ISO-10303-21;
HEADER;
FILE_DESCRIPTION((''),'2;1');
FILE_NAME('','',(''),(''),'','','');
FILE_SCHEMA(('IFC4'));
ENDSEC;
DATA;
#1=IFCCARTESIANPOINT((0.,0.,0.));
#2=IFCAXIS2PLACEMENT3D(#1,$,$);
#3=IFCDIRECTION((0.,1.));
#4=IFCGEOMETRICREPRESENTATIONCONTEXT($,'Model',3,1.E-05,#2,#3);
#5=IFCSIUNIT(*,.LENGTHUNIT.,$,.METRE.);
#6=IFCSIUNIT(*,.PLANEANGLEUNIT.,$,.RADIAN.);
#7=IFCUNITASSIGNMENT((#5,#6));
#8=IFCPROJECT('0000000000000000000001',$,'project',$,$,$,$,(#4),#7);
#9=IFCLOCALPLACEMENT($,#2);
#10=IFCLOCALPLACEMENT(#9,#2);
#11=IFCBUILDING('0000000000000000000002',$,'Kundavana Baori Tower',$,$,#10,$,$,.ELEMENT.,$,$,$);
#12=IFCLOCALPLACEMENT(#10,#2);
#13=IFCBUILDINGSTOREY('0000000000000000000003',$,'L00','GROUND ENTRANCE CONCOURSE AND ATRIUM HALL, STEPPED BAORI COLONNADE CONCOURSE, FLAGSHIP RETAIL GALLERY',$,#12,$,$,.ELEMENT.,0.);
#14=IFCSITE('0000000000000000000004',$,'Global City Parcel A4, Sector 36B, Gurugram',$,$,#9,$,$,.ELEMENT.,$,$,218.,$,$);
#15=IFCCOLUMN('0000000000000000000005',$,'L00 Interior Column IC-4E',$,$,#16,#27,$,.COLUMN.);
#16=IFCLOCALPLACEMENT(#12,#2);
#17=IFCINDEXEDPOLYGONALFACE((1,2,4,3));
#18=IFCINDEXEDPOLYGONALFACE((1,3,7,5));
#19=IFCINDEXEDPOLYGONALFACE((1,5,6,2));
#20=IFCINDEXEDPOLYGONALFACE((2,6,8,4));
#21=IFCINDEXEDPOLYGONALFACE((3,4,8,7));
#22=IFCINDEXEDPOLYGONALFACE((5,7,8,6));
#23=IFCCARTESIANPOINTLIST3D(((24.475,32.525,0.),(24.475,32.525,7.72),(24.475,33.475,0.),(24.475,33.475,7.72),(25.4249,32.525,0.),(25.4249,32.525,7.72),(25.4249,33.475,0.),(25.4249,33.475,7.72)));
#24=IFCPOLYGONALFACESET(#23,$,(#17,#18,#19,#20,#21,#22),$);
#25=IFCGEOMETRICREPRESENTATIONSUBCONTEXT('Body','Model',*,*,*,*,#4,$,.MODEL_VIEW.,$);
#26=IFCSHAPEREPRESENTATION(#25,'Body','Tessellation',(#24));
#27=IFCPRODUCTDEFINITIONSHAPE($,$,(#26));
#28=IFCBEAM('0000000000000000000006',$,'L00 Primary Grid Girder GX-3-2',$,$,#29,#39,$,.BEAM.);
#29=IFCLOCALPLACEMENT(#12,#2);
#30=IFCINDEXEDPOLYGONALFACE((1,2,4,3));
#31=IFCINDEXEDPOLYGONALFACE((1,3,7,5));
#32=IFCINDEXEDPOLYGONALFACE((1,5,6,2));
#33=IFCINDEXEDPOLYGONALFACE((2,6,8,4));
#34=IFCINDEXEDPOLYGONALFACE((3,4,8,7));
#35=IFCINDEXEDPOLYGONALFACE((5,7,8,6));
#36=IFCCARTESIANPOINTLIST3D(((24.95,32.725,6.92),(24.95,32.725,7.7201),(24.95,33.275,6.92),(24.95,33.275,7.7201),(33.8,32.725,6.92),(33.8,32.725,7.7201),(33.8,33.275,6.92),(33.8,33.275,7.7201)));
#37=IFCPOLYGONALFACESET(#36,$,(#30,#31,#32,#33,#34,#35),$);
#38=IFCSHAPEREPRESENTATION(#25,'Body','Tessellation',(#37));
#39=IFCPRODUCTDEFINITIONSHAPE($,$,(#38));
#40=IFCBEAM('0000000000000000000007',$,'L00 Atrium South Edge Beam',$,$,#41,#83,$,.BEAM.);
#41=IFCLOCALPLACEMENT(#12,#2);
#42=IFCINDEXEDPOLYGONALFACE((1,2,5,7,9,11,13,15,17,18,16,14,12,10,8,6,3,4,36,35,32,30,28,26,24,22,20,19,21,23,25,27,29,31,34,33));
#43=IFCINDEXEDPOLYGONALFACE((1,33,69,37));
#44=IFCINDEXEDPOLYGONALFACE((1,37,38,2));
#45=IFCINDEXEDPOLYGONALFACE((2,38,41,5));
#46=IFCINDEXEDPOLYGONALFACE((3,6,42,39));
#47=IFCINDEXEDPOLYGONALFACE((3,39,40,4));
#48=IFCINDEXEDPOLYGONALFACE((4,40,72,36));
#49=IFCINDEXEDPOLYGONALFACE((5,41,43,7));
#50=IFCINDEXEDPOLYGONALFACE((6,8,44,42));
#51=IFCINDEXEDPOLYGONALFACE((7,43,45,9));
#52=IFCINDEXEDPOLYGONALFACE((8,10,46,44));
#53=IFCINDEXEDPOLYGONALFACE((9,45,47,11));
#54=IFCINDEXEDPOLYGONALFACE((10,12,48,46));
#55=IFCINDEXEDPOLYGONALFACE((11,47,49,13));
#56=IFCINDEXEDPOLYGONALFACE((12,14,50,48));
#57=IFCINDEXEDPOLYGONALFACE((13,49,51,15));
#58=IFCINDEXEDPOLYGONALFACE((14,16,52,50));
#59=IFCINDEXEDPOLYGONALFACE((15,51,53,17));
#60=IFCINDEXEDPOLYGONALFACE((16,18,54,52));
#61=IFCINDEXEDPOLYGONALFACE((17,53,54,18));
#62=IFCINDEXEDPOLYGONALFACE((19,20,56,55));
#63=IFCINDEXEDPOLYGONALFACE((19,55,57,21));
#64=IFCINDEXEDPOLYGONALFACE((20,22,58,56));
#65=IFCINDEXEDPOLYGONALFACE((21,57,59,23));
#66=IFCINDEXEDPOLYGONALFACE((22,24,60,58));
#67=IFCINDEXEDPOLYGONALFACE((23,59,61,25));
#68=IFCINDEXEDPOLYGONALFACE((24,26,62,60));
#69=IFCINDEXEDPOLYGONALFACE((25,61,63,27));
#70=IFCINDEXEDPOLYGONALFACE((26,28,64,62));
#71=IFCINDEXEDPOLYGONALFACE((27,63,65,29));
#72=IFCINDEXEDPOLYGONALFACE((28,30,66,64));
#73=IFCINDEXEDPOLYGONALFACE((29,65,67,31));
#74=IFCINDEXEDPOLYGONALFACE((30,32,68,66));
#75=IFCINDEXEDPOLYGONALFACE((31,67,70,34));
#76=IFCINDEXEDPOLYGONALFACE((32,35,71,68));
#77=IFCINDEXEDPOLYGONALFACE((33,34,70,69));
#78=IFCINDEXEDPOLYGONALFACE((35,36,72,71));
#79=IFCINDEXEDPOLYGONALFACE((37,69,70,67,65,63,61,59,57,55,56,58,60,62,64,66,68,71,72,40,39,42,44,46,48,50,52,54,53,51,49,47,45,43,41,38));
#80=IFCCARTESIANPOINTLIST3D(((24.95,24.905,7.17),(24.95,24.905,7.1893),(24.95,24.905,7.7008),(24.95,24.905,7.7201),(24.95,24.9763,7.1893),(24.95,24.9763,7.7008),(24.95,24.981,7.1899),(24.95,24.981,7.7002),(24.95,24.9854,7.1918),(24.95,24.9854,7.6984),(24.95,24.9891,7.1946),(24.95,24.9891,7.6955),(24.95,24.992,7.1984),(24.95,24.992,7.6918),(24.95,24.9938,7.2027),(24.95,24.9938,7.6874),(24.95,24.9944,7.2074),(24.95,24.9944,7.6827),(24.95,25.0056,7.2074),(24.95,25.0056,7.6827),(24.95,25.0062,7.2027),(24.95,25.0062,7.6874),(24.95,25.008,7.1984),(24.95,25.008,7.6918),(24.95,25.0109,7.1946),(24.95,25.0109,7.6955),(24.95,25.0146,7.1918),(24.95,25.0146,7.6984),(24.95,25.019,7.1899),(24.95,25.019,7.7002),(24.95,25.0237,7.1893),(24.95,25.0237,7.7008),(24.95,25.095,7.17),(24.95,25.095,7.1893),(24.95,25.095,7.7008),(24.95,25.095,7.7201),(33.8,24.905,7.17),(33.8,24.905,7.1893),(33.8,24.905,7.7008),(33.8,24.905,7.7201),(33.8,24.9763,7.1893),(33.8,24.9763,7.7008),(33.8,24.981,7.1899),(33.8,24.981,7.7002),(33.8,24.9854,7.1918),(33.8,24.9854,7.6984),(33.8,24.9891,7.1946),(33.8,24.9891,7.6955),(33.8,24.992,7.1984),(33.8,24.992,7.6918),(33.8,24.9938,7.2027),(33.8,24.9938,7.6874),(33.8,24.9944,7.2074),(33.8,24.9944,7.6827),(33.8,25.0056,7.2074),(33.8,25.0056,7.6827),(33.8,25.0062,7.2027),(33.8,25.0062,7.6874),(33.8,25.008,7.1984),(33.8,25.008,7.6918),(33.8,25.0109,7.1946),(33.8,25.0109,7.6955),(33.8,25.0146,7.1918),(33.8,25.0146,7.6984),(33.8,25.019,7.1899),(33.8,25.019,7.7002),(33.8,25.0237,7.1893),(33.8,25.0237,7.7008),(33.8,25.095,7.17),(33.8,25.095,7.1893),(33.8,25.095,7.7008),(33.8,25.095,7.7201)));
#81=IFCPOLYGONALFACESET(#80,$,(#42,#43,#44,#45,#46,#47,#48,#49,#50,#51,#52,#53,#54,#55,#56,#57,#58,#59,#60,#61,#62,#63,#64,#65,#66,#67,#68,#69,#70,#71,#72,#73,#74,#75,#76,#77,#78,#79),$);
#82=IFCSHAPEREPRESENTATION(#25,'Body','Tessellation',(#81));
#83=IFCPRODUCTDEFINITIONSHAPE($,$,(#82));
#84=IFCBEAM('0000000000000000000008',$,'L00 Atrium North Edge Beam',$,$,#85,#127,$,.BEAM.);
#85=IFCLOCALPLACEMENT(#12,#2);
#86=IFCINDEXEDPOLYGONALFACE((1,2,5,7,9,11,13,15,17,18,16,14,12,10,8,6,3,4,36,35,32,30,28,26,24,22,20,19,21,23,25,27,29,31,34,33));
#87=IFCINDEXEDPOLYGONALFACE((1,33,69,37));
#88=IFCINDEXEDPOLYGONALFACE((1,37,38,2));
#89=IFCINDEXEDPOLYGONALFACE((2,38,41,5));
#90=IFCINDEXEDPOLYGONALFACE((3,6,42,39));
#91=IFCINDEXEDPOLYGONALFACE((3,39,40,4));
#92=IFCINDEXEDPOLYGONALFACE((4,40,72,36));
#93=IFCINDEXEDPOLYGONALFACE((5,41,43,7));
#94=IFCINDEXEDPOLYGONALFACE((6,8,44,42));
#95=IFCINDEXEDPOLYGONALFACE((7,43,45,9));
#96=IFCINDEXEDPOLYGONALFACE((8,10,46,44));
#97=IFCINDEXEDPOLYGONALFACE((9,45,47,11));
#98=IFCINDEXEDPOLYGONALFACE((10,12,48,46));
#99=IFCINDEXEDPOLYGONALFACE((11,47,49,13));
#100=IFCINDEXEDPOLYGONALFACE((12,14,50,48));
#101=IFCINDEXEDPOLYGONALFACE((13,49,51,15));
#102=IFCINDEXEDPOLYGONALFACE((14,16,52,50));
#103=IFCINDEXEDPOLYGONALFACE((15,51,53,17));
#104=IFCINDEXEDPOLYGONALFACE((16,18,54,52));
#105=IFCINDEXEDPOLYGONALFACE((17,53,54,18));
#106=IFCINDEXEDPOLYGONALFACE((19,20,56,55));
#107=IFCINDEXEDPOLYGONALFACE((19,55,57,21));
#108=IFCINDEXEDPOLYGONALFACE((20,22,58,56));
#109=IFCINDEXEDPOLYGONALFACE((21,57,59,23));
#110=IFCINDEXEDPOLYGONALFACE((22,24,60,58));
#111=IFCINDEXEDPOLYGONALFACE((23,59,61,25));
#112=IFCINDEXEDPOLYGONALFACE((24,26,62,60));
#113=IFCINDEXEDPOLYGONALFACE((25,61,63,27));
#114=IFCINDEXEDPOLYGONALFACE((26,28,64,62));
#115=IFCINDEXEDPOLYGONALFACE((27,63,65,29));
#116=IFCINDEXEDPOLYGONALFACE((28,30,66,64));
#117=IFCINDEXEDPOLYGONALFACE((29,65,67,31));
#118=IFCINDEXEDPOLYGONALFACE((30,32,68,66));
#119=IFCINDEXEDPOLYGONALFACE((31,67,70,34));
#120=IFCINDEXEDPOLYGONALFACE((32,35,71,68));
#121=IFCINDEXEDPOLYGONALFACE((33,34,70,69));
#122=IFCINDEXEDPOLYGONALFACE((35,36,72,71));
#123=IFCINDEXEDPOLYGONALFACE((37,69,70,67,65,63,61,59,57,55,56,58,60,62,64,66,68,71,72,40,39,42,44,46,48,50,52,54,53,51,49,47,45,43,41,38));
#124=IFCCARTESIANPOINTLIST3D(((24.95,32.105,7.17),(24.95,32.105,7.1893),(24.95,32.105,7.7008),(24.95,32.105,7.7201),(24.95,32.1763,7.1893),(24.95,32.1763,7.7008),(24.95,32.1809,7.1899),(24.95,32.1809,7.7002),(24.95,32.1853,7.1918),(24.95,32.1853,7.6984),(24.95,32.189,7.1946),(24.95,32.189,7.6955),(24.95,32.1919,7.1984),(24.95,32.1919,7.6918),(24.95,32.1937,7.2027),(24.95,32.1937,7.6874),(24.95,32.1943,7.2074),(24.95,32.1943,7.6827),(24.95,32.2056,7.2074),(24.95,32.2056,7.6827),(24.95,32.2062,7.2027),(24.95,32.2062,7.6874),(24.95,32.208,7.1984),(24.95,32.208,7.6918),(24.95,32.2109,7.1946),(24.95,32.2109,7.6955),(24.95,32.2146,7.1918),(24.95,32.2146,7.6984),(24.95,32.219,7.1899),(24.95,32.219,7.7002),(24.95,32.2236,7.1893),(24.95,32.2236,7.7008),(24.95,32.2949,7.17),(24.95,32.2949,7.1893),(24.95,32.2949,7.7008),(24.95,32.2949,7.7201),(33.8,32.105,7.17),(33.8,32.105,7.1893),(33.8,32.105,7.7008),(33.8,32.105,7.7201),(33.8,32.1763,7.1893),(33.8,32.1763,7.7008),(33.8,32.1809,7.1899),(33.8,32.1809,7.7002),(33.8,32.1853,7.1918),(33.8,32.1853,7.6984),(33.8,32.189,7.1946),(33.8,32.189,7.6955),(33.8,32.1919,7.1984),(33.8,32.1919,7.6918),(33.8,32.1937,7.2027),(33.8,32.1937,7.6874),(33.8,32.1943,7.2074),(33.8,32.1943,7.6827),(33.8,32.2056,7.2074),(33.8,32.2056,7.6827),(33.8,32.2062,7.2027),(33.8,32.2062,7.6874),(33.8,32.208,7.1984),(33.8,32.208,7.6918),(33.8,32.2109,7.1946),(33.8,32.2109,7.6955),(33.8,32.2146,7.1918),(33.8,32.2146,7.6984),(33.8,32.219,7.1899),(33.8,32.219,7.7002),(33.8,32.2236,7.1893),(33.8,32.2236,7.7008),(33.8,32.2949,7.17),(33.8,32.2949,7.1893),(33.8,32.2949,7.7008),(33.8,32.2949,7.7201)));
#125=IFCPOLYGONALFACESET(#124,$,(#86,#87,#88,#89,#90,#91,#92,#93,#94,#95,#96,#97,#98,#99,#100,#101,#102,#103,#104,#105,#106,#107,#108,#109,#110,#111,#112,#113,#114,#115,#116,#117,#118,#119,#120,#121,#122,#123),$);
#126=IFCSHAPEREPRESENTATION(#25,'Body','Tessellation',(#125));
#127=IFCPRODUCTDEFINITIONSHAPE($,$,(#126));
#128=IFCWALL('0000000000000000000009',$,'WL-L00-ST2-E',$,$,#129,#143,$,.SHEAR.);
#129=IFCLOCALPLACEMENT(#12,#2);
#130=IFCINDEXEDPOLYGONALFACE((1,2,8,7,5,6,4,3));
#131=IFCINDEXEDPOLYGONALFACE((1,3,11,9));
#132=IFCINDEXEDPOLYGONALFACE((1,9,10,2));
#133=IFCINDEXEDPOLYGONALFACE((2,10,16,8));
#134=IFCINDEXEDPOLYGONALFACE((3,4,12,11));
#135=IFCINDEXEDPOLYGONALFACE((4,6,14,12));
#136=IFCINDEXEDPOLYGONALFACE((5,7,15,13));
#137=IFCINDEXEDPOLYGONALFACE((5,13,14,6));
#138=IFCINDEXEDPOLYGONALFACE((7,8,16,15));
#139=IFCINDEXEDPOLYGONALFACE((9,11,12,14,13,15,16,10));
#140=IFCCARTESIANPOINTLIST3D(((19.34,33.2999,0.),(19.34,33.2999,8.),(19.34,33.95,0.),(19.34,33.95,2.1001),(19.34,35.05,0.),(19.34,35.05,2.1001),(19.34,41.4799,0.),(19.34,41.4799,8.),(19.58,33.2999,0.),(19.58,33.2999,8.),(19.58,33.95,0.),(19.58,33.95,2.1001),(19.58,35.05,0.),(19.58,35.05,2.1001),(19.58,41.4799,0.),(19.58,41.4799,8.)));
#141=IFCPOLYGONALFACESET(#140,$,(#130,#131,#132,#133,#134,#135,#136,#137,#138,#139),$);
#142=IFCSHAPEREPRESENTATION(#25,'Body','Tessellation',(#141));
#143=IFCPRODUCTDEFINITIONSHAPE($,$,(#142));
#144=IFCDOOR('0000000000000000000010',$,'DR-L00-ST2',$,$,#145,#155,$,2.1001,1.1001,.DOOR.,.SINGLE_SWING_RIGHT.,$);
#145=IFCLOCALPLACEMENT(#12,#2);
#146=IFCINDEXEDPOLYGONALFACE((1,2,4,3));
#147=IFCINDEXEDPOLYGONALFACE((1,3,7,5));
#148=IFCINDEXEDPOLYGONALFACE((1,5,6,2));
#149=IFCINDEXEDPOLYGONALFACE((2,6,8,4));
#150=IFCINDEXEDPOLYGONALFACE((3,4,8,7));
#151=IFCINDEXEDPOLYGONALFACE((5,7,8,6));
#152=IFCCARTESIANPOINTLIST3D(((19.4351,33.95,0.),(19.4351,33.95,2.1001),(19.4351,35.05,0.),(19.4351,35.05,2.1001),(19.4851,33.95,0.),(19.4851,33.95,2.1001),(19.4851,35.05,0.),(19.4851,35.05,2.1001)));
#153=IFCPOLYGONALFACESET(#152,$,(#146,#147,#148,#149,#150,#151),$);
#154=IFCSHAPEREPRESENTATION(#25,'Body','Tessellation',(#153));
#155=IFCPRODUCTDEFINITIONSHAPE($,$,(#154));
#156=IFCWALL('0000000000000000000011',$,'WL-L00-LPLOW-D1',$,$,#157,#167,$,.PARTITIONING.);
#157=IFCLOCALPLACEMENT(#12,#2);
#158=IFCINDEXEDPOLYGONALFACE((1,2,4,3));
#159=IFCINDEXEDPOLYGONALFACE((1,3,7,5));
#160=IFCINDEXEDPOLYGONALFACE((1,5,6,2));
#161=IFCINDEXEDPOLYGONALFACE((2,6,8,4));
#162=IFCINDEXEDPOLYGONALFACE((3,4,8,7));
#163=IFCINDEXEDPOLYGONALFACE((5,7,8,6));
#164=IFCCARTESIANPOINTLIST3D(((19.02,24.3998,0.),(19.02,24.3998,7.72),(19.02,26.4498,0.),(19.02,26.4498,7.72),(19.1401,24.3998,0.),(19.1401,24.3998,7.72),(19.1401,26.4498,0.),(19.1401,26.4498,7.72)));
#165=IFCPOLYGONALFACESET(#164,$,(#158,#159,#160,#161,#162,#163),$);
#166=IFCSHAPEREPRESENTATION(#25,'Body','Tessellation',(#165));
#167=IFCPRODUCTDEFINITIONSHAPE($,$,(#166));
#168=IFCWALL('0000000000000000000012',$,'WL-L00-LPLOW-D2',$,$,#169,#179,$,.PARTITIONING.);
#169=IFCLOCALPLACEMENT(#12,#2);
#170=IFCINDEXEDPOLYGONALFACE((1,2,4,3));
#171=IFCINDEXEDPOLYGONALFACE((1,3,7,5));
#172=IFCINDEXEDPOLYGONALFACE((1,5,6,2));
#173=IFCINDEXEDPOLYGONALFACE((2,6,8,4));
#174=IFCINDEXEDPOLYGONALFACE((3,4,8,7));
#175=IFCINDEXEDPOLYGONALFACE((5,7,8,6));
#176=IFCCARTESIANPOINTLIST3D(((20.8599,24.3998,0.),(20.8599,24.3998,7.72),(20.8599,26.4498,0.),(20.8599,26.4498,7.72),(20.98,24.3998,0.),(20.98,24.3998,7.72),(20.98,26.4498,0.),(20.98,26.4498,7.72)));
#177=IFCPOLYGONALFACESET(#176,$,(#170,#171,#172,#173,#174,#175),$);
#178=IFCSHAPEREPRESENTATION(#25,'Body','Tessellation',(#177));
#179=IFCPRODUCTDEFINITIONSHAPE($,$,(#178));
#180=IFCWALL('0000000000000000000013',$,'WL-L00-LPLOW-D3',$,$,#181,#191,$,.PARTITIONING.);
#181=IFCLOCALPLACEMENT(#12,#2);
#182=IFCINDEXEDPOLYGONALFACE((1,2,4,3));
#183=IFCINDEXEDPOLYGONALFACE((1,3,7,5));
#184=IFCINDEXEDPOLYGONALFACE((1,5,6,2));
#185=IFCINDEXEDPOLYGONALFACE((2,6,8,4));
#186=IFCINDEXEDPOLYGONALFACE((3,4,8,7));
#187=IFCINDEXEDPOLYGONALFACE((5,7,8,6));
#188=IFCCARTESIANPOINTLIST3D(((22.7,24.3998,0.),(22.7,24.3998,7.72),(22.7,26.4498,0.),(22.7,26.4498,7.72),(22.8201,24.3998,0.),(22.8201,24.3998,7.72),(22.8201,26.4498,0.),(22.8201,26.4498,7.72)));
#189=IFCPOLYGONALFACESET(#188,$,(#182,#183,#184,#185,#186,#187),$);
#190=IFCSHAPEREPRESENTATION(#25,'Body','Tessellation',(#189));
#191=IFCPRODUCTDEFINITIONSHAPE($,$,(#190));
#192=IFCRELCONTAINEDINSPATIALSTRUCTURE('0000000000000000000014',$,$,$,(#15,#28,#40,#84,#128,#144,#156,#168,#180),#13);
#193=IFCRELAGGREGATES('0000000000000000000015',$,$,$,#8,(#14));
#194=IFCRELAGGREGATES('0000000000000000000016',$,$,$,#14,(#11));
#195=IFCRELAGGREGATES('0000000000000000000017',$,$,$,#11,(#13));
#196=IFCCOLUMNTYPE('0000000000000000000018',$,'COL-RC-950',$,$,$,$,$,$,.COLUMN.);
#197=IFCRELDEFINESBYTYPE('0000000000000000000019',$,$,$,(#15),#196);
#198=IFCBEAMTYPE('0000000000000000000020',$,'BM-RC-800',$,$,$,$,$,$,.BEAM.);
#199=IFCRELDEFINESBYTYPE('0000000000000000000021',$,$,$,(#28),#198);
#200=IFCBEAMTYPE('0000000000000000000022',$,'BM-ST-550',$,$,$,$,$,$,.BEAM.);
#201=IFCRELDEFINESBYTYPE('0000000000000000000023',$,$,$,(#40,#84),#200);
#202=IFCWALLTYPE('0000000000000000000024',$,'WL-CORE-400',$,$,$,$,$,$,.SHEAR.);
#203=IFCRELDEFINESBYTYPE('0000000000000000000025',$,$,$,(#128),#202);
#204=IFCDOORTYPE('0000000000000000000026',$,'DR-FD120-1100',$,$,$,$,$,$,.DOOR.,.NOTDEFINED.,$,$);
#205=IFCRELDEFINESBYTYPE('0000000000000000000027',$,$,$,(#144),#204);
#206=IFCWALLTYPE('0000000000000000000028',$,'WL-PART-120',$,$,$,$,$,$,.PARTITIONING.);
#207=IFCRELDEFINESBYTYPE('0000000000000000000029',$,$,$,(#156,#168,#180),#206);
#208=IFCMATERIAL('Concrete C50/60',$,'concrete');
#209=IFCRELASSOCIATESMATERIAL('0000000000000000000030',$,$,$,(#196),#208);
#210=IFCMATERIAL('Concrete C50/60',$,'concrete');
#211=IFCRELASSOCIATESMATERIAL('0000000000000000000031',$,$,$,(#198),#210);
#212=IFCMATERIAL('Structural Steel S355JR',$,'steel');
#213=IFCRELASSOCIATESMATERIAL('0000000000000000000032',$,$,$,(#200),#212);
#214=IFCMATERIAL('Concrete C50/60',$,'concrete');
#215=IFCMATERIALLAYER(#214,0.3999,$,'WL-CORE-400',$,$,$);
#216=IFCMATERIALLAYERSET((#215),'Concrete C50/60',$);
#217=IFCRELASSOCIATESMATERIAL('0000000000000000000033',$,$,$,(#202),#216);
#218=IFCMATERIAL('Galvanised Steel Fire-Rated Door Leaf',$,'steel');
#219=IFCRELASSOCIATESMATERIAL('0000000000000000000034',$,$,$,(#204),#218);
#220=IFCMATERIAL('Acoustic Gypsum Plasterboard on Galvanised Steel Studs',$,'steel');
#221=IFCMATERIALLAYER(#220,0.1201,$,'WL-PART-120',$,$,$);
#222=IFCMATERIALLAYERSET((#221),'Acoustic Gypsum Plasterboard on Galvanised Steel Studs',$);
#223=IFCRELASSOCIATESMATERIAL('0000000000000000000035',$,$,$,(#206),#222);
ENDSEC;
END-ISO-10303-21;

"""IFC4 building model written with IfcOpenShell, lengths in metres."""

from ifc_helpers import new_model, si_unit, direction, frame, frame_2d, origin, origin_2d, place, context, subcontext, project, spatial, rectangle, i_section, extrude, material, layer, layer_set, material_profile, profile_set, type_object, element, fill, save


model = new_model("IFC4")

# Units and contexts
model_context = context("Model", 3, precision=1e-05, world=origin(), true_north=direction((0.0, 1.0)))
body_context = subcontext(model_context, "Body", "Model", "MODEL_VIEW")
ifc_project = project(units=[si_unit("LENGTHUNIT", "METRE"), si_unit("PLANEANGLEUNIT", "RADIAN")], contexts=[model_context])

# Site, building, storey
site_placement = place(None, origin())
site = spatial("IfcSite", under=ifc_project, at=site_placement, Name="Global City Parcel A4, Sector 36B, Gurugram", CompositionType="ELEMENT", RefElevation=218.0)
building_placement = place(site_placement, origin())
building = spatial("IfcBuilding", under=site, at=building_placement, Name="Kundavana Baori Tower", CompositionType="ELEMENT")
storey_placement = place(building_placement, origin())
storey = spatial("IfcBuildingStorey", under=building, at=storey_placement, Name="L00", Description="GROUND ENTRANCE CONCOURSE AND ATRIUM HALL, STEPPED BAORI COLONNADE CONCOURSE, FLAGSHIP RETAIL GALLERY", CompositionType="ELEMENT", Elevation=0.0)

# Column
ifc_material_1 = material(Name="Concrete C50/60", Category="concrete")
ifc_material_profile_1 = material_profile(ifc_material_1, rectangle(XDim=0.95, YDim=0.95, at=origin_2d()), Name="RC 950x950")
ifc_profile_set_1 = profile_set([ifc_material_profile_1], Name="Concrete C50/60")
column_type = type_object("IfcColumnType", Name="COL-RC-950", PredefinedType="COLUMN", material=ifc_profile_set_1)
column_placement = place(storey_placement, frame((24.95, 33.0, 0.0), z_axis=(0.0, 0.0, 1.0), x_axis=(1.0, 0.0, 0.0)))
element("IfcColumn", 1, at=column_placement, inside=storey, type_object=column_type, Name="L00 Interior Column IC-4E", PredefinedType="COLUMN", context=body_context, shape_type="SweptSolid", body=[
    extrude(rectangle(XDim=0.95, YDim=0.95, at=origin_2d()), origin(), (0.0, 0.0, 1.0), 7.72),
])

# Beams
ifc_material_2 = material(Name="Concrete C50/60", Category="concrete")
ifc_material_profile_2 = material_profile(ifc_material_2, rectangle(XDim=0.55, YDim=0.8, at=origin_2d()), Name="RC BM 550x800")
ifc_profile_set_2 = profile_set([ifc_material_profile_2], Name="Concrete C50/60")
beam_type_1 = type_object("IfcBeamType", Name="BM-RC-800", PredefinedType="BEAM", material=ifc_profile_set_2)
beam_placement = place(storey_placement, frame((24.95, 33.0, 7.3201), z_axis=(1.0, 0.0, 0.0), x_axis=(0.0, 1.0, 0.0)))
element("IfcBeam", 2, at=beam_placement, inside=storey, type_object=beam_type_1, Name="L00 Primary Grid Girder GX-3-2", PredefinedType="BEAM", context=body_context, shape_type="SweptSolid", body=[
    extrude(rectangle(XDim=0.55, YDim=0.8, at=origin_2d()), origin(), (0.0, 0.0, 1.0), 8.8501),
])
ifc_material_3 = material(Name="Structural Steel S355JR", Category="steel")
ifc_material_profile_3 = material_profile(ifc_material_3, i_section(OverallWidth=0.1899, OverallDepth=0.55, WebThickness=0.0112, FlangeThickness=0.0193, FilletRadius=0.0181, at=origin_2d()), Name="ISMB 550")
ifc_profile_set_3 = profile_set([ifc_material_profile_3], Name="Structural Steel S355JR")
beam_type_2 = type_object("IfcBeamType", Name="BM-ST-550", PredefinedType="BEAM", material=ifc_profile_set_3)
for number, where, z_axis, x_axis, name in (
    (3, (24.95, 25.0, 7.4451), (1.0, 0.0, 0.0), (0.0, 1.0, 0.0), "L00 Atrium South Edge Beam"),
    (4, (24.95, 32.2, 7.4451), (1.0, 0.0, 0.0), (0.0, 1.0, 0.0), "L00 Atrium North Edge Beam"),
):
    element("IfcBeam", number, at=place(storey_placement, frame(where, z_axis=z_axis, x_axis=x_axis)), inside=storey, type_object=beam_type_2, Name=name, PredefinedType="BEAM", context=body_context, shape_type="SweptSolid", body=[
        extrude(i_section(OverallWidth=0.1899, OverallDepth=0.55, WebThickness=0.0112, FlangeThickness=0.0193, FilletRadius=0.0181, at=origin_2d()), origin(), (0.0, 0.0, 1.0), 8.8501),
    ])

# Wall, opening, door
ifc_material_4 = material(Name="Concrete C50/60", Category="concrete")
ifc_layer_1 = layer(ifc_material_4, 0.3999, Name="WL-CORE-400")
ifc_layer_set_1 = layer_set([ifc_layer_1], Name="Concrete C50/60")
wall_type_1 = type_object("IfcWallType", Name="WL-CORE-400", PredefinedType="SHEAR", material=ifc_layer_set_1)
wall_1_placement = place(storey_placement, frame((19.46, 33.3, 0.0), z_axis=(0.0, 0.0, 1.0), x_axis=(0.0, 1.0, 0.0)))
wall_1 = element("IfcWall", 5, at=wall_1_placement, inside=storey, type_object=wall_type_1, Name="WL-L00-ST2-E", PredefinedType="SHEAR", context=body_context, shape_type="SweptSolid", body=[
    extrude(rectangle(XDim=8.1799, YDim=0.24, at=frame_2d((4.0898, 0.0))), origin(), (0.0, 0.0, 1.0), 8.0),
])
opening_placement = place(wall_1_placement, frame((0.6499, 0.0, 0.0)))
opening = element("IfcOpeningElement", 6, at=opening_placement, cuts=wall_1, PredefinedType="OPENING", context=body_context, shape_type="SweptSolid", body=[
    extrude(rectangle(XDim=1.1001, YDim=2.1001, at=frame_2d((0.55, 1.05))), frame((0.0, 0.1299, 0.0), z_axis=(0.0, -1.0, 0.0), x_axis=(1.0, 0.0, 0.0)), (0.0, 0.0, 1.0), 0.26),
])
ifc_material_5 = material(Name="Galvanised Steel Fire-Rated Door Leaf", Category="steel")
door_type = type_object("IfcDoorType", Name="DR-FD120-1100", OperationType="NOTDEFINED", PredefinedType="DOOR", material=ifc_material_5)
door_placement = place(opening_placement, origin())
door = element("IfcDoor", 7, at=door_placement, inside=storey, type_object=door_type, Name="DR-L00-ST2", OperationType="SINGLE_SWING_RIGHT", OverallHeight=2.1001, OverallWidth=1.1001, PredefinedType="DOOR", context=body_context, shape_type="SweptSolid", body=[
    extrude(rectangle(XDim=1.1001, YDim=2.1001, at=frame_2d((0.55, 1.05))), frame((0.0, 0.0249, 0.0), z_axis=(0.0, -1.0, 0.0), x_axis=(1.0, 0.0, 0.0)), (0.0, 0.0, 1.0), 0.05),
])
fill(opening, door)

# Walls
ifc_material_6 = material(Name="Acoustic Gypsum Plasterboard on Galvanised Steel Studs", Category="steel")
ifc_layer_2 = layer(ifc_material_6, 0.1201, Name="WL-PART-120")
ifc_layer_set_2 = layer_set([ifc_layer_2], Name="Acoustic Gypsum Plasterboard on Galvanised Steel Studs")
wall_type_2 = type_object("IfcWallType", Name="WL-PART-120", PredefinedType="PARTITIONING", material=ifc_layer_set_2)
for number, where, z_axis, x_axis, name in (
    (8, (19.0801, 24.3999, 0.0), (0.0, 0.0, 1.0), (0.0, 1.0, 0.0), "WL-L00-LPLOW-D1"),
    (9, (20.9199, 24.3999, 0.0), (0.0, 0.0, 1.0), (0.0, 1.0, 0.0), "WL-L00-LPLOW-D2"),
    (10, (22.76, 24.3999, 0.0), (0.0, 0.0, 1.0), (0.0, 1.0, 0.0), "WL-L00-LPLOW-D3"),
):
    element("IfcWall", number, at=place(storey_placement, frame(where, z_axis=z_axis, x_axis=x_axis)), inside=storey, type_object=wall_type_2, Name=name, PredefinedType="PARTITIONING", context=body_context, shape_type="SweptSolid", body=[
        extrude(rectangle(XDim=2.05, YDim=0.1201, at=frame_2d((1.0249, 0.0))), origin(), (0.0, 0.0, 1.0), 7.72),
    ])

save(model, "model.ifc")
